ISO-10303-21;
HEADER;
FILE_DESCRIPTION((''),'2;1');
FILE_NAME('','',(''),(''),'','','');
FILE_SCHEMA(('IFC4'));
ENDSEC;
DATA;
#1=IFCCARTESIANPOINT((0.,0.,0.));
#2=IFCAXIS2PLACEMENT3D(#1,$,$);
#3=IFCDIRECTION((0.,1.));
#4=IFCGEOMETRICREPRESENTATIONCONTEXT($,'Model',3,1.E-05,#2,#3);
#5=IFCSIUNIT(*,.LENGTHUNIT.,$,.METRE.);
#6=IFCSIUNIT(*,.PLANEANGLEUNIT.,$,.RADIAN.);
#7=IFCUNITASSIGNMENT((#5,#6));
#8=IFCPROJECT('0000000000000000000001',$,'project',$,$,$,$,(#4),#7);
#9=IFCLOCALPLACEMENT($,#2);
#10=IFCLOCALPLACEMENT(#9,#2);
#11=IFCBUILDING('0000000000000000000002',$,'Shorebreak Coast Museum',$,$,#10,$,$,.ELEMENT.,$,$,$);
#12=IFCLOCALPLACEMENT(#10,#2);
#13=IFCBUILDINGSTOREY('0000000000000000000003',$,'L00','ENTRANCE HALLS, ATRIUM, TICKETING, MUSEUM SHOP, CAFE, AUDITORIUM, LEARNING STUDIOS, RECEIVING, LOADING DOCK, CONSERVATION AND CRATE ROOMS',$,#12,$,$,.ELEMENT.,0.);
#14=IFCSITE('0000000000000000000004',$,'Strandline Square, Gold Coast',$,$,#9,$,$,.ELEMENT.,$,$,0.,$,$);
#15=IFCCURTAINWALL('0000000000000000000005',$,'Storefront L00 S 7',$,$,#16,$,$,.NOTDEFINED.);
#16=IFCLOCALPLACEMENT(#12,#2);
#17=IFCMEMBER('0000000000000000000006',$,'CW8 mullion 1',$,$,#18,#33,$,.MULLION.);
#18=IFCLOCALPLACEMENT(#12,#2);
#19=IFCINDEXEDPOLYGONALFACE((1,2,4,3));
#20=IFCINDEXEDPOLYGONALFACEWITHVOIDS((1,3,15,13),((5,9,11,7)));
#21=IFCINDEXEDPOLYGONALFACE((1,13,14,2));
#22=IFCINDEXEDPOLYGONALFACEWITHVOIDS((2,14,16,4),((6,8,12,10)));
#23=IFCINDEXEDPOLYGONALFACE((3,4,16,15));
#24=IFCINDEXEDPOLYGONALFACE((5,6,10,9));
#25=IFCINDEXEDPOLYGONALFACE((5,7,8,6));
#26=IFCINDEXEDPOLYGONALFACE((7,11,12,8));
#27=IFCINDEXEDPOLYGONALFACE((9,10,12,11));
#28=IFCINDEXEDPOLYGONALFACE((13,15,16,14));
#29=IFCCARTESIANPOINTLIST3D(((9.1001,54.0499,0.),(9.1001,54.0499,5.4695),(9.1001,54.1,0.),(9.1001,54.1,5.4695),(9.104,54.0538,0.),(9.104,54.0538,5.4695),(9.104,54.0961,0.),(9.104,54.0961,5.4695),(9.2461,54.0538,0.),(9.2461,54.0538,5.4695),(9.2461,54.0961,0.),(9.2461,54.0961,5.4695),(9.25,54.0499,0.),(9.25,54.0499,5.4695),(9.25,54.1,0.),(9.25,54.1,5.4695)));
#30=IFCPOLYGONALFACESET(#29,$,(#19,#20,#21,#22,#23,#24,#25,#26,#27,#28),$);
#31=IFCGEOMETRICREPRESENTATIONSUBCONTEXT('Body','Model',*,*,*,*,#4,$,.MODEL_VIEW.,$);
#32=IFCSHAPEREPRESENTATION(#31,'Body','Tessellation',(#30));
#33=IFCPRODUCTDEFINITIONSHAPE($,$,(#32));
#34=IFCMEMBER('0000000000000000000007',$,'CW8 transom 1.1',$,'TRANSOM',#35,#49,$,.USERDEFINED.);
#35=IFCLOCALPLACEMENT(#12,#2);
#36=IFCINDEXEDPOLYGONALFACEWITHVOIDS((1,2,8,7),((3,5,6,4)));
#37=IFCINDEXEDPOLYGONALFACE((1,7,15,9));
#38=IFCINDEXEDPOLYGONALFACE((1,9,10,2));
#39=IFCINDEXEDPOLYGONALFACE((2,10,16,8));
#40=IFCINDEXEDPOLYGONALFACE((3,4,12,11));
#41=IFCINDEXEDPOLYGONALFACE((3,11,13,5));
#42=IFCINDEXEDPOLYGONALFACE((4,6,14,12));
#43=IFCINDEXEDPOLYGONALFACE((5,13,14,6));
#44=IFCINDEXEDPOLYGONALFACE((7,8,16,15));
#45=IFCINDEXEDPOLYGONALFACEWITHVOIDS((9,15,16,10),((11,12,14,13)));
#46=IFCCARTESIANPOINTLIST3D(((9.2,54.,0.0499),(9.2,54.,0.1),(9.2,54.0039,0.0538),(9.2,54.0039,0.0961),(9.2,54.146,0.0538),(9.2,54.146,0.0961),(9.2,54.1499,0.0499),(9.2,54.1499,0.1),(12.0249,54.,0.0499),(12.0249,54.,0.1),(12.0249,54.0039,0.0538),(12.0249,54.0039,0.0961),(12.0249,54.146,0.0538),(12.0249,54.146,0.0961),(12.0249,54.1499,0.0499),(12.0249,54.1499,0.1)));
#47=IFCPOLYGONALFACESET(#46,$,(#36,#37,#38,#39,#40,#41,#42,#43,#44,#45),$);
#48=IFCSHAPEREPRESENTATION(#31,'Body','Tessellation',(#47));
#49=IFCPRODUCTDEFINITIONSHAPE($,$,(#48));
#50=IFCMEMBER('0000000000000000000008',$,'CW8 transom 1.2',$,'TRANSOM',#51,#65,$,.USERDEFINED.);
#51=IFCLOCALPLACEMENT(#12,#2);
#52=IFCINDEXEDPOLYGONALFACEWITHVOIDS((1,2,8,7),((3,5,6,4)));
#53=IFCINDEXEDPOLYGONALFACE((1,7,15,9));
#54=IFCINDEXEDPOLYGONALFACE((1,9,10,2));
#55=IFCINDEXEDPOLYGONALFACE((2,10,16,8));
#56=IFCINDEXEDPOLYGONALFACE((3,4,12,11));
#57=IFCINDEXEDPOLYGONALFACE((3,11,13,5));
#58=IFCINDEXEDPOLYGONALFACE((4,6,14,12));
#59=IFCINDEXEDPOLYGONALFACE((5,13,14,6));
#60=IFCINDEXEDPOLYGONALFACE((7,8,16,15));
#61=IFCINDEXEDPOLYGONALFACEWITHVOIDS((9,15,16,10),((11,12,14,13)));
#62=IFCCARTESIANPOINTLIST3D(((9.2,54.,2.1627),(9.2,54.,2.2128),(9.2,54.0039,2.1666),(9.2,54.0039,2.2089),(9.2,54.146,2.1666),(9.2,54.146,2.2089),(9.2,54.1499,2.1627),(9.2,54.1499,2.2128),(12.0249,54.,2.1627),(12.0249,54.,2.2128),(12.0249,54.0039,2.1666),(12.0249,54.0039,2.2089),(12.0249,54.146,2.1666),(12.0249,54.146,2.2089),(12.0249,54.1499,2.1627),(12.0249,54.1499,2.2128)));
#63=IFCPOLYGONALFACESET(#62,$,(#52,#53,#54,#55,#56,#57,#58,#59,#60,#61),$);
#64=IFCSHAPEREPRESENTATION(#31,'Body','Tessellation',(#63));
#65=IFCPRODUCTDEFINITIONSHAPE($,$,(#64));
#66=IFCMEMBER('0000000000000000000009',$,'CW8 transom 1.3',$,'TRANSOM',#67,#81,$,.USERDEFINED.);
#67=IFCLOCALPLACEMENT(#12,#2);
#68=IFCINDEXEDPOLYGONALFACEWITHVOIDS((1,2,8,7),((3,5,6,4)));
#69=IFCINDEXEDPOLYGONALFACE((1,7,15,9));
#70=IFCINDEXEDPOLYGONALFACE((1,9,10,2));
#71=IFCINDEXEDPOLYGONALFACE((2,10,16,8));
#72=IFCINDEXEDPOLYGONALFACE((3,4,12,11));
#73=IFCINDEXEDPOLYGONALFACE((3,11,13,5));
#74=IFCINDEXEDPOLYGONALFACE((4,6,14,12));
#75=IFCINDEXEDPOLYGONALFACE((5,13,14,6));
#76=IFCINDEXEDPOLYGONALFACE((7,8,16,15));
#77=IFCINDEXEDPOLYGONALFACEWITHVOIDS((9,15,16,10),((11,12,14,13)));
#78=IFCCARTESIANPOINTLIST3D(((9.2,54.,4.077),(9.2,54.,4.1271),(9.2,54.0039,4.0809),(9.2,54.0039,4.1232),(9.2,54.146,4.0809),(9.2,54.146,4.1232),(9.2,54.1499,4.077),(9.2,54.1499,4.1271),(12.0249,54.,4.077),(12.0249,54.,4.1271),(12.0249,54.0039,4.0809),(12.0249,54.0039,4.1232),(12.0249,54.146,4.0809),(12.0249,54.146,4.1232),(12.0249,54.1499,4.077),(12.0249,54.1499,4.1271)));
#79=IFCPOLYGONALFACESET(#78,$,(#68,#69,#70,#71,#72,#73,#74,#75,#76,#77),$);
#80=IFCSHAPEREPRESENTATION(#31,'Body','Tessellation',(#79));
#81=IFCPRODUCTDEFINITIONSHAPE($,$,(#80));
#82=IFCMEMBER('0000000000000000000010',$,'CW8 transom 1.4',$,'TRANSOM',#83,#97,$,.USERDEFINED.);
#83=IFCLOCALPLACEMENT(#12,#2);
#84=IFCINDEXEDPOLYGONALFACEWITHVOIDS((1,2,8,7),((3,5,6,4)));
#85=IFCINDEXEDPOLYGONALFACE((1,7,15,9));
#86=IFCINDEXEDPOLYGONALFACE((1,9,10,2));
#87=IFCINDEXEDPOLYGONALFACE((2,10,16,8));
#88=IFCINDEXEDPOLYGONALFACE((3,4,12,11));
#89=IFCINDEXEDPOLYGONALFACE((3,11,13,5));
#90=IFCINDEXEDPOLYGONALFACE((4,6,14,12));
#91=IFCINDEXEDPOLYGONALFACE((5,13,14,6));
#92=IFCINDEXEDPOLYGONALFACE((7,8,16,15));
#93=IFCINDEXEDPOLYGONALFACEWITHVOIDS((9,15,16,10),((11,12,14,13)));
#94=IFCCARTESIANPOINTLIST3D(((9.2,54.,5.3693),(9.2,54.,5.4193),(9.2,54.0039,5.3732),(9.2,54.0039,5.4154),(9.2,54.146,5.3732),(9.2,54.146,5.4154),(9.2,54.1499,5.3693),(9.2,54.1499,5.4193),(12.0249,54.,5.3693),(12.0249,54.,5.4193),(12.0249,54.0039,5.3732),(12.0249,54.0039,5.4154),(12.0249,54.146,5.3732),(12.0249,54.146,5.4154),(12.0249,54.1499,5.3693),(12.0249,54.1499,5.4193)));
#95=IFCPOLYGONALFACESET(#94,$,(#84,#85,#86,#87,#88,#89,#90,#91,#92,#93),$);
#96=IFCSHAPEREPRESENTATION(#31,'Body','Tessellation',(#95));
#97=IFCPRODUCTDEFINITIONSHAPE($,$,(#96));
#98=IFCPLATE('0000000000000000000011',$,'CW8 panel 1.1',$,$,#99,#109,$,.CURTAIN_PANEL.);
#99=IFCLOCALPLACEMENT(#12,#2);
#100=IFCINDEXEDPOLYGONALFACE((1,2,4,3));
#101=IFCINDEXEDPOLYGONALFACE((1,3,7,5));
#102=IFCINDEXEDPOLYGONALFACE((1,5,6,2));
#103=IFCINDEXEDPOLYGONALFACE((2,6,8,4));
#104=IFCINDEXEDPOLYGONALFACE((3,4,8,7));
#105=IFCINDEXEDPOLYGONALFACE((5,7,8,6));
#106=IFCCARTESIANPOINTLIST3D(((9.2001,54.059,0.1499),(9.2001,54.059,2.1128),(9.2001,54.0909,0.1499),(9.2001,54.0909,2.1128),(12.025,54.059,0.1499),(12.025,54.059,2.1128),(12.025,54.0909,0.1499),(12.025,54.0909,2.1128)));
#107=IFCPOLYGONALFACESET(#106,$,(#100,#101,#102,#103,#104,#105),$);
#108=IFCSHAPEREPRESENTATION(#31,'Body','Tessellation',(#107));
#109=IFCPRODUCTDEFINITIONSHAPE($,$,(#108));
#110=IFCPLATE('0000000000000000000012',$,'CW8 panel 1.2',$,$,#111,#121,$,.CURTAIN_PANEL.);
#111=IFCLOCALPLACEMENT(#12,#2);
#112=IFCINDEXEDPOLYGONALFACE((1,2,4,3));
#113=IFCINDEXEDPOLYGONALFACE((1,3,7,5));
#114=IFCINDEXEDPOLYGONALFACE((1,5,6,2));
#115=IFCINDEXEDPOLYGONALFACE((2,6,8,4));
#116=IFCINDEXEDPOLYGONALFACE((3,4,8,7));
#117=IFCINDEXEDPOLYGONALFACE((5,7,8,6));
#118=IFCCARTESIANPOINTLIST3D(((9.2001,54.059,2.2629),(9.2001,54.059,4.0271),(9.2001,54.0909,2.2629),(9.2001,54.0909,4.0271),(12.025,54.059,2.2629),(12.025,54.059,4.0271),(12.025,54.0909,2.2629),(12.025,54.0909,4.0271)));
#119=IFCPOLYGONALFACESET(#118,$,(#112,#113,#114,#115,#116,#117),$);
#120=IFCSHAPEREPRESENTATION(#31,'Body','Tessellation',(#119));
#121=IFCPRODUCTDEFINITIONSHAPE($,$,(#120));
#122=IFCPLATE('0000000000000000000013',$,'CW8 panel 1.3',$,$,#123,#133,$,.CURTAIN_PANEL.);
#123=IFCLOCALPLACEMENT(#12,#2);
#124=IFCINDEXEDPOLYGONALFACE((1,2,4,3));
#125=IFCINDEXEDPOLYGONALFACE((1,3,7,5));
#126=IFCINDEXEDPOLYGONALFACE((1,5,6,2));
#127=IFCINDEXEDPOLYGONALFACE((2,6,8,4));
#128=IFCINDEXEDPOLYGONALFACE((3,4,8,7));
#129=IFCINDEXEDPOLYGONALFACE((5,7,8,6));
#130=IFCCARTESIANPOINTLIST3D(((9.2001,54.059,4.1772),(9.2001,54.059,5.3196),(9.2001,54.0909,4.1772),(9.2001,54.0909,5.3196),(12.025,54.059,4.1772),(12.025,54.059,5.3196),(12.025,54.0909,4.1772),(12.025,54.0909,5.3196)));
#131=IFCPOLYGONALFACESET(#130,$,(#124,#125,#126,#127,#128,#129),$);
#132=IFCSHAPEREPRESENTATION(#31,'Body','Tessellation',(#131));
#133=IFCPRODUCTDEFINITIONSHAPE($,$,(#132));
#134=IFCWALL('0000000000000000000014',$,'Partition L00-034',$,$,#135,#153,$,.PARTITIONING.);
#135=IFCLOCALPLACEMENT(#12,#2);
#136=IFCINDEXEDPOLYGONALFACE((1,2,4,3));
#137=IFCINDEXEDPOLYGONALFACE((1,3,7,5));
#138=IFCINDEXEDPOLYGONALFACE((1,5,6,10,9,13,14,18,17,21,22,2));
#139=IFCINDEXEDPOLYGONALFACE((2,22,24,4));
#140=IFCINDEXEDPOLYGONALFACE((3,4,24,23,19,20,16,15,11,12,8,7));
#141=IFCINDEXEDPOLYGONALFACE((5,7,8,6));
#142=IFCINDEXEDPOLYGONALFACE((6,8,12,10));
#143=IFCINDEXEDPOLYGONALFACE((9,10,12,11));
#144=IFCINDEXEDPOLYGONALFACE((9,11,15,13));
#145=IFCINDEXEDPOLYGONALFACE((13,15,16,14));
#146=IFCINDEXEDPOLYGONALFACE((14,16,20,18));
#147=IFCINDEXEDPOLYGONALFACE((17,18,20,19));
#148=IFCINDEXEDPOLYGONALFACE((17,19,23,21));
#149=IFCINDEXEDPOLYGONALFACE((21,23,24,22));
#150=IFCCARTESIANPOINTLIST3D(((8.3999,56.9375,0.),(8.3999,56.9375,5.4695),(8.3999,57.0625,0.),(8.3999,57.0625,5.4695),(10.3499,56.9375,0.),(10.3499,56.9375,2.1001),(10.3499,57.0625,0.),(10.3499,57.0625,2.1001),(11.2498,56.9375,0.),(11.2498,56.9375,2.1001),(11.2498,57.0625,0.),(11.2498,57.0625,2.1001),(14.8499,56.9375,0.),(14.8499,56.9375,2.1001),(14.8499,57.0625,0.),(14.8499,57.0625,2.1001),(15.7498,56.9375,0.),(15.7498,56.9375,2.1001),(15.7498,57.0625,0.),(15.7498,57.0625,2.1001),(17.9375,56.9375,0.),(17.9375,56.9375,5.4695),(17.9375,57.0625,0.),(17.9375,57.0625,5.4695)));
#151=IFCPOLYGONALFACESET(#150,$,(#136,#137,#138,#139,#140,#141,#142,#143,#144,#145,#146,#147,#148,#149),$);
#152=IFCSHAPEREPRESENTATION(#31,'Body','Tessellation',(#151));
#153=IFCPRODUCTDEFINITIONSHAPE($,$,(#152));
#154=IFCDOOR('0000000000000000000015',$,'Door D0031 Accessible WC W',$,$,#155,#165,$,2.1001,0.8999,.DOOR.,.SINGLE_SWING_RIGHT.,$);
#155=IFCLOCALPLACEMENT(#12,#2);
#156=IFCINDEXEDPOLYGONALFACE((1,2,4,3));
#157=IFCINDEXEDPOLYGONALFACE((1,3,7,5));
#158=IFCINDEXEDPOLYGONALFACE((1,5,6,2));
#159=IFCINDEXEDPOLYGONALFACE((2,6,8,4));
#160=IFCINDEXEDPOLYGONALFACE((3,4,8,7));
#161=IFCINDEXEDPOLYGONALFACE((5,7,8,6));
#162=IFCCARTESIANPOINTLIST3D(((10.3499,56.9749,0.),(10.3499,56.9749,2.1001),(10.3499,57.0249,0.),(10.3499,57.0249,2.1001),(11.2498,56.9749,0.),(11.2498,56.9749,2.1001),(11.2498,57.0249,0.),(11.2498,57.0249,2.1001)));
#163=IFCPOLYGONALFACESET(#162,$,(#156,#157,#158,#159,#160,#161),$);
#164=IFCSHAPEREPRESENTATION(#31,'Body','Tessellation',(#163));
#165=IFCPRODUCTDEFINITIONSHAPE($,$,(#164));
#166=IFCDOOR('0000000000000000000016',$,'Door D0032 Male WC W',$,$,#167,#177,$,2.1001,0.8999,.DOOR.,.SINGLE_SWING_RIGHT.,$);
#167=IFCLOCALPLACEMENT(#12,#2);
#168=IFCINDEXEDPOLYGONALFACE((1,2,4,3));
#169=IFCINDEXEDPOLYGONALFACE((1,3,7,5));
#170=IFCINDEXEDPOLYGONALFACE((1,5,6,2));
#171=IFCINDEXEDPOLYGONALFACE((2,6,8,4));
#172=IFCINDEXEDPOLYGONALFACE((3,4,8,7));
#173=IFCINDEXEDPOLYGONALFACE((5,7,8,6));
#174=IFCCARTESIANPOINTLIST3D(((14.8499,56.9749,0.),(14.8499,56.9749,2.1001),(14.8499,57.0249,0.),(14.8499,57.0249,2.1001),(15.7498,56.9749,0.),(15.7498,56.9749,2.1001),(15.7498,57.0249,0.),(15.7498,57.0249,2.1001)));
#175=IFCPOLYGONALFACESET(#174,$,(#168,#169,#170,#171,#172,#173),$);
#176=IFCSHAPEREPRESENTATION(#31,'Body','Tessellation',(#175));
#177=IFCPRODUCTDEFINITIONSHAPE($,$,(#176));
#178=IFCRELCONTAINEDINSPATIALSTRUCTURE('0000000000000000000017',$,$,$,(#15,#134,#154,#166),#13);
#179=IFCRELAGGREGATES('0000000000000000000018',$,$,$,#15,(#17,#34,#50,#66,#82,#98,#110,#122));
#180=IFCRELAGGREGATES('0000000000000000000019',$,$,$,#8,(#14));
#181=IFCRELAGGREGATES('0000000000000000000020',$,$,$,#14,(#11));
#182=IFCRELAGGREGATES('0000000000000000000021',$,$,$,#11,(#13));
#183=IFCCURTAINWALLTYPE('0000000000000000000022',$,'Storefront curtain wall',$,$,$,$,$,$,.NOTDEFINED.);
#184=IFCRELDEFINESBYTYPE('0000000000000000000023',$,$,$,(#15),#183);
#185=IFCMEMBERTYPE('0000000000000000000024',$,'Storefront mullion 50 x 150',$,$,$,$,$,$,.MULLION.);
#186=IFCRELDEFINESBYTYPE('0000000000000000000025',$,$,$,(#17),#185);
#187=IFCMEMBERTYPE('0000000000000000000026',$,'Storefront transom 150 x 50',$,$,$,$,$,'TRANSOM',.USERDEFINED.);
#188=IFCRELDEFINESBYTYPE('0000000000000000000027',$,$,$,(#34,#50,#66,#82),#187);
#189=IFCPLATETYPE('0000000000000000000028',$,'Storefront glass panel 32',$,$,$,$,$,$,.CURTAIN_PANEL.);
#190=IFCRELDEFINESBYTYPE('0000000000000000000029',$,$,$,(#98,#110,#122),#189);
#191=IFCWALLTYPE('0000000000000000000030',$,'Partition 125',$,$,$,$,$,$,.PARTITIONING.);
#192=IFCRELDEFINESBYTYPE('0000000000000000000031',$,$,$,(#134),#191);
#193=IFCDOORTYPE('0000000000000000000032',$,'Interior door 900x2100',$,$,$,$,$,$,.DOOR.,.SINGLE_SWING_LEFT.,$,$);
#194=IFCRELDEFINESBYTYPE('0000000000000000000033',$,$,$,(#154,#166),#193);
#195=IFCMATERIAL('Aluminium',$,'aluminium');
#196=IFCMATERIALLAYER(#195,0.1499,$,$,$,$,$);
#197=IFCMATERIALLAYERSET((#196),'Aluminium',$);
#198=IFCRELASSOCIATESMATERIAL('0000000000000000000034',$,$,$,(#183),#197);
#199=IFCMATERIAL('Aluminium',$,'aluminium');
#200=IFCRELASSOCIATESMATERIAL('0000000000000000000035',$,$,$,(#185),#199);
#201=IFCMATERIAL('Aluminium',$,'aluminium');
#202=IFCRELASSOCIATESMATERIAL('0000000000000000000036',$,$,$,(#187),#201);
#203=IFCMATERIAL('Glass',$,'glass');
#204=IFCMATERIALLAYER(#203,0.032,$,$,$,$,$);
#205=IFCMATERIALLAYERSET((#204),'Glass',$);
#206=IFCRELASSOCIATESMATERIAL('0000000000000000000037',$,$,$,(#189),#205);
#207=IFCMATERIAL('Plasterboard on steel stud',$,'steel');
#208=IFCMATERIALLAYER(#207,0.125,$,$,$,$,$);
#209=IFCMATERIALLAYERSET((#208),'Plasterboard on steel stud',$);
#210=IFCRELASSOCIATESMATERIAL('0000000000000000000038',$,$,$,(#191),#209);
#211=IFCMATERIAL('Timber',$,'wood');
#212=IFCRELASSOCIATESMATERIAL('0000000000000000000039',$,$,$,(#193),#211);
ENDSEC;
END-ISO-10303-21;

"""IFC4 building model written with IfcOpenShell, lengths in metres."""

from ifc_helpers import new_model, si_unit, direction, frame, frame_2d, origin, origin_2d, place, context, subcontext, project, spatial, rectangle, hollow_rectangle, extrude, material, layer, layer_set, material_profile, profile_set, type_object, element, fill, aggregate, save


model = new_model("IFC4")

# Units and contexts
model_context = context("Model", 3, precision=1e-05, world=origin(), true_north=direction((0.0, 1.0)))
body_context = subcontext(model_context, "Body", "Model", "MODEL_VIEW")
ifc_project = project(units=[si_unit("LENGTHUNIT", "METRE"), si_unit("PLANEANGLEUNIT", "RADIAN")], contexts=[model_context])

# Site, building, storey
site_placement = place(None, origin())
site = spatial("IfcSite", under=ifc_project, at=site_placement, Name="Strandline Square, Gold Coast", CompositionType="ELEMENT", RefElevation=0.0)
building_placement = place(site_placement, origin())
building = spatial("IfcBuilding", under=site, at=building_placement, Name="Shorebreak Coast Museum", CompositionType="ELEMENT")
storey_placement = place(building_placement, origin())
storey = spatial("IfcBuildingStorey", under=building, at=storey_placement, Name="L00", Description="ENTRANCE HALLS, ATRIUM, TICKETING, MUSEUM SHOP, CAFE, AUDITORIUM, LEARNING STUDIOS, RECEIVING, LOADING DOCK, CONSERVATION AND CRATE ROOMS", CompositionType="ELEMENT", Elevation=0.0)

# Curtain wall, members, plates
ifc_material_1 = material(Name="Aluminium", Category="aluminium")
ifc_layer_1 = layer(ifc_material_1, 0.1499)
ifc_layer_set_1 = layer_set([ifc_layer_1], Name="Aluminium")
curtain_wall_type = type_object("IfcCurtainWallType", Name="Storefront curtain wall", PredefinedType="NOTDEFINED", material=ifc_layer_set_1)
curtain_wall_placement = place(storey_placement, origin())
curtain_wall = element("IfcCurtainWall", 1, at=curtain_wall_placement, inside=storey, type_object=curtain_wall_type, Name="Storefront L00 S 7", PredefinedType="NOTDEFINED")
ifc_material_2 = material(Name="Aluminium", Category="aluminium")
ifc_material_profile_1 = material_profile(ifc_material_2, hollow_rectangle(XDim=0.05, YDim=0.1499, WallThickness=0.0039, at=origin_2d()), Name="AL 150x50 RHS")
ifc_profile_set_1 = profile_set([ifc_material_profile_1], Name="Aluminium")
member_type_1 = type_object("IfcMemberType", Name="Storefront mullion 50 x 150", PredefinedType="MULLION", material=ifc_profile_set_1)
member_1_placement = place(storey_placement, frame((9.175, 54.075, 0.0), z_axis=(0.0, 0.0, 1.0), x_axis=(0.0, 1.0, 0.0)))
member_1 = element("IfcMember", 2, at=member_1_placement, type_object=member_type_1, Name="CW8 mullion 1", PredefinedType="MULLION", context=body_context, shape_type="SweptSolid", body=[
    extrude(hollow_rectangle(XDim=0.05, YDim=0.1499, WallThickness=0.0039, at=origin_2d()), origin(), (0.0, 0.0, 1.0), 5.4695),
])
ifc_material_3 = material(Name="Aluminium", Category="aluminium")
ifc_material_profile_2 = material_profile(ifc_material_3, hollow_rectangle(XDim=0.1499, YDim=0.05, WallThickness=0.0039, at=origin_2d()), Name="AL 50x150 RHS")
ifc_profile_set_2 = profile_set([ifc_material_profile_2], Name="Aluminium")
member_type_2 = type_object("IfcMemberType", Name="Storefront transom 150 x 50", ElementType="TRANSOM", PredefinedType="USERDEFINED", material=ifc_profile_set_2)
member_2_placement = place(storey_placement, frame((9.2, 54.075, 0.075), z_axis=(1.0, 0.0, 0.0), x_axis=(0.0, 1.0, 0.0)))
member_2 = element("IfcMember", 3, at=member_2_placement, type_object=member_type_2, Name="CW8 transom 1.1", ObjectType="TRANSOM", PredefinedType="USERDEFINED", context=body_context, shape_type="SweptSolid", body=[
    extrude(hollow_rectangle(XDim=0.1499, YDim=0.05, WallThickness=0.0039, at=origin_2d()), origin(), (0.0, 0.0, 1.0), 2.825),
])
member_3_placement = place(storey_placement, frame((9.2, 54.075, 2.1877), z_axis=(1.0, 0.0, 0.0), x_axis=(0.0, 1.0, 0.0)))
member_3 = element("IfcMember", 4, at=member_3_placement, type_object=member_type_2, Name="CW8 transom 1.2", ObjectType="TRANSOM", PredefinedType="USERDEFINED", context=body_context, shape_type="SweptSolid", body=[
    extrude(hollow_rectangle(XDim=0.1499, YDim=0.05, WallThickness=0.0039, at=origin_2d()), origin(), (0.0, 0.0, 1.0), 2.825),
])
member_4_placement = place(storey_placement, frame((9.2, 54.075, 4.1021), z_axis=(1.0, 0.0, 0.0), x_axis=(0.0, 1.0, 0.0)))
member_4 = element("IfcMember", 5, at=member_4_placement, type_object=member_type_2, Name="CW8 transom 1.3", ObjectType="TRANSOM", PredefinedType="USERDEFINED", context=body_context, shape_type="SweptSolid", body=[
    extrude(hollow_rectangle(XDim=0.1499, YDim=0.05, WallThickness=0.0039, at=origin_2d()), origin(), (0.0, 0.0, 1.0), 2.825),
])
member_5_placement = place(storey_placement, frame((9.2, 54.075, 5.3943), z_axis=(1.0, 0.0, 0.0), x_axis=(0.0, 1.0, 0.0)))
member_5 = element("IfcMember", 6, at=member_5_placement, type_object=member_type_2, Name="CW8 transom 1.4", ObjectType="TRANSOM", PredefinedType="USERDEFINED", context=body_context, shape_type="SweptSolid", body=[
    extrude(hollow_rectangle(XDim=0.1499, YDim=0.05, WallThickness=0.0039, at=origin_2d()), origin(), (0.0, 0.0, 1.0), 2.825),
])
ifc_material_4 = material(Name="Glass", Category="glass")
ifc_layer_2 = layer(ifc_material_4, 0.032)
ifc_layer_set_2 = layer_set([ifc_layer_2], Name="Glass")
plate_type = type_object("IfcPlateType", Name="Storefront glass panel 32", PredefinedType="CURTAIN_PANEL", material=ifc_layer_set_2)
plate_1_placement = place(storey_placement, frame((10.6125, 54.075, 0.1499), z_axis=(0.0, 0.0, 1.0), x_axis=(1.0, 0.0, 0.0)))
plate_1 = element("IfcPlate", 7, at=plate_1_placement, type_object=plate_type, Name="CW8 panel 1.1", PredefinedType="CURTAIN_PANEL", context=body_context, shape_type="SweptSolid", body=[
    extrude(rectangle(XDim=2.825, YDim=0.032, at=origin_2d()), origin(), (0.0, 0.0, 1.0), 1.9629),
])
plate_2_placement = place(storey_placement, frame((10.6125, 54.075, 2.2629), z_axis=(0.0, 0.0, 1.0), x_axis=(1.0, 0.0, 0.0)))
plate_2 = element("IfcPlate", 8, at=plate_2_placement, type_object=plate_type, Name="CW8 panel 1.2", PredefinedType="CURTAIN_PANEL", context=body_context, shape_type="SweptSolid", body=[
    extrude(rectangle(XDim=2.825, YDim=0.032, at=origin_2d()), origin(), (0.0, 0.0, 1.0), 1.7642),
])
plate_3_placement = place(storey_placement, frame((10.6125, 54.075, 4.1772), z_axis=(0.0, 0.0, 1.0), x_axis=(1.0, 0.0, 0.0)))
plate_3 = element("IfcPlate", 9, at=plate_3_placement, type_object=plate_type, Name="CW8 panel 1.3", PredefinedType="CURTAIN_PANEL", context=body_context, shape_type="SweptSolid", body=[
    extrude(rectangle(XDim=2.825, YDim=0.032, at=origin_2d()), origin(), (0.0, 0.0, 1.0), 1.1423),
])
aggregate(curtain_wall, [member_1, member_2, member_3, member_4, member_5, plate_1, plate_2, plate_3])

# Wall, openings, doors
ifc_material_5 = material(Name="Plasterboard on steel stud", Category="steel")
ifc_layer_3 = layer(ifc_material_5, 0.125)
ifc_layer_set_3 = layer_set([ifc_layer_3], Name="Plasterboard on steel stud")
wall_type_1 = type_object("IfcWallType", Name="Partition 125", PredefinedType="PARTITIONING", material=ifc_layer_set_3)
wall_1_placement = place(storey_placement, frame((8.3999, 57.0, 0.0), z_axis=(0.0, 0.0, 1.0), x_axis=(1.0, 0.0, 0.0)))
wall_1 = element("IfcWall", 10, at=wall_1_placement, inside=storey, type_object=wall_type_1, Name="Partition L00-034", PredefinedType="PARTITIONING", context=body_context, shape_type="SweptSolid", body=[
    extrude(rectangle(XDim=9.5376, YDim=0.125, at=frame_2d((4.7688, 0.0))), origin(), (0.0, 0.0, 1.0), 5.4695),
])
opening_1_placement = place(wall_1_placement, frame((1.95, 0.0, 0.0)))
opening_1 = element("IfcOpeningElement", 11, at=opening_1_placement, cuts=wall_1, PredefinedType="OPENING", context=body_context, shape_type="SweptSolid", body=[
    extrude(rectangle(XDim=0.8999, YDim=2.1001, at=frame_2d((0.45, 1.05))), frame((0.0, 0.0725, 0.0), z_axis=(0.0, -1.0, 0.0), x_axis=(1.0, 0.0, 0.0)), (0.0, 0.0, 1.0), 0.145),
])
opening_2_placement = place(wall_1_placement, frame((6.45, 0.0, 0.0)))
opening_2 = element("IfcOpeningElement", 12, at=opening_2_placement, cuts=wall_1, PredefinedType="OPENING", context=body_context, shape_type="SweptSolid", body=[
    extrude(rectangle(XDim=0.8999, YDim=2.1001, at=frame_2d((0.45, 1.05))), frame((0.0, 0.0725, 0.0), z_axis=(0.0, -1.0, 0.0), x_axis=(1.0, 0.0, 0.0)), (0.0, 0.0, 1.0), 0.145),
])
ifc_material_6 = material(Name="Timber", Category="wood")
door_type_1 = type_object("IfcDoorType", Name="Interior door 900x2100", OperationType="SINGLE_SWING_LEFT", PredefinedType="DOOR", material=ifc_material_6)
door_1_placement = place(opening_1_placement, origin())
door_1 = element("IfcDoor", 13, at=door_1_placement, inside=storey, type_object=door_type_1, Name="Door D0031 Accessible WC W", OperationType="SINGLE_SWING_RIGHT", OverallHeight=2.1001, OverallWidth=0.8999, PredefinedType="DOOR", context=body_context, shape_type="SweptSolid", body=[
    extrude(rectangle(XDim=0.8999, YDim=2.1001, at=frame_2d((0.45, 1.05))), frame((0.0, 0.0249, 0.0), z_axis=(0.0, -1.0, 0.0), x_axis=(1.0, 0.0, 0.0)), (0.0, 0.0, 1.0), 0.05),
])
fill(opening_1, door_1)
door_2_placement = place(opening_2_placement, origin())
door_2 = element("IfcDoor", 14, at=door_2_placement, inside=storey, type_object=door_type_1, Name="Door D0032 Male WC W", OperationType="SINGLE_SWING_RIGHT", OverallHeight=2.1001, OverallWidth=0.8999, PredefinedType="DOOR", context=body_context, shape_type="SweptSolid", body=[
    extrude(rectangle(XDim=0.8999, YDim=2.1001, at=frame_2d((0.45, 1.05))), frame((0.0, 0.0249, 0.0), z_axis=(0.0, -1.0, 0.0), x_axis=(1.0, 0.0, 0.0)), (0.0, 0.0, 1.0), 0.05),
])
fill(opening_2, door_2)

save(model, "model.ifc")
